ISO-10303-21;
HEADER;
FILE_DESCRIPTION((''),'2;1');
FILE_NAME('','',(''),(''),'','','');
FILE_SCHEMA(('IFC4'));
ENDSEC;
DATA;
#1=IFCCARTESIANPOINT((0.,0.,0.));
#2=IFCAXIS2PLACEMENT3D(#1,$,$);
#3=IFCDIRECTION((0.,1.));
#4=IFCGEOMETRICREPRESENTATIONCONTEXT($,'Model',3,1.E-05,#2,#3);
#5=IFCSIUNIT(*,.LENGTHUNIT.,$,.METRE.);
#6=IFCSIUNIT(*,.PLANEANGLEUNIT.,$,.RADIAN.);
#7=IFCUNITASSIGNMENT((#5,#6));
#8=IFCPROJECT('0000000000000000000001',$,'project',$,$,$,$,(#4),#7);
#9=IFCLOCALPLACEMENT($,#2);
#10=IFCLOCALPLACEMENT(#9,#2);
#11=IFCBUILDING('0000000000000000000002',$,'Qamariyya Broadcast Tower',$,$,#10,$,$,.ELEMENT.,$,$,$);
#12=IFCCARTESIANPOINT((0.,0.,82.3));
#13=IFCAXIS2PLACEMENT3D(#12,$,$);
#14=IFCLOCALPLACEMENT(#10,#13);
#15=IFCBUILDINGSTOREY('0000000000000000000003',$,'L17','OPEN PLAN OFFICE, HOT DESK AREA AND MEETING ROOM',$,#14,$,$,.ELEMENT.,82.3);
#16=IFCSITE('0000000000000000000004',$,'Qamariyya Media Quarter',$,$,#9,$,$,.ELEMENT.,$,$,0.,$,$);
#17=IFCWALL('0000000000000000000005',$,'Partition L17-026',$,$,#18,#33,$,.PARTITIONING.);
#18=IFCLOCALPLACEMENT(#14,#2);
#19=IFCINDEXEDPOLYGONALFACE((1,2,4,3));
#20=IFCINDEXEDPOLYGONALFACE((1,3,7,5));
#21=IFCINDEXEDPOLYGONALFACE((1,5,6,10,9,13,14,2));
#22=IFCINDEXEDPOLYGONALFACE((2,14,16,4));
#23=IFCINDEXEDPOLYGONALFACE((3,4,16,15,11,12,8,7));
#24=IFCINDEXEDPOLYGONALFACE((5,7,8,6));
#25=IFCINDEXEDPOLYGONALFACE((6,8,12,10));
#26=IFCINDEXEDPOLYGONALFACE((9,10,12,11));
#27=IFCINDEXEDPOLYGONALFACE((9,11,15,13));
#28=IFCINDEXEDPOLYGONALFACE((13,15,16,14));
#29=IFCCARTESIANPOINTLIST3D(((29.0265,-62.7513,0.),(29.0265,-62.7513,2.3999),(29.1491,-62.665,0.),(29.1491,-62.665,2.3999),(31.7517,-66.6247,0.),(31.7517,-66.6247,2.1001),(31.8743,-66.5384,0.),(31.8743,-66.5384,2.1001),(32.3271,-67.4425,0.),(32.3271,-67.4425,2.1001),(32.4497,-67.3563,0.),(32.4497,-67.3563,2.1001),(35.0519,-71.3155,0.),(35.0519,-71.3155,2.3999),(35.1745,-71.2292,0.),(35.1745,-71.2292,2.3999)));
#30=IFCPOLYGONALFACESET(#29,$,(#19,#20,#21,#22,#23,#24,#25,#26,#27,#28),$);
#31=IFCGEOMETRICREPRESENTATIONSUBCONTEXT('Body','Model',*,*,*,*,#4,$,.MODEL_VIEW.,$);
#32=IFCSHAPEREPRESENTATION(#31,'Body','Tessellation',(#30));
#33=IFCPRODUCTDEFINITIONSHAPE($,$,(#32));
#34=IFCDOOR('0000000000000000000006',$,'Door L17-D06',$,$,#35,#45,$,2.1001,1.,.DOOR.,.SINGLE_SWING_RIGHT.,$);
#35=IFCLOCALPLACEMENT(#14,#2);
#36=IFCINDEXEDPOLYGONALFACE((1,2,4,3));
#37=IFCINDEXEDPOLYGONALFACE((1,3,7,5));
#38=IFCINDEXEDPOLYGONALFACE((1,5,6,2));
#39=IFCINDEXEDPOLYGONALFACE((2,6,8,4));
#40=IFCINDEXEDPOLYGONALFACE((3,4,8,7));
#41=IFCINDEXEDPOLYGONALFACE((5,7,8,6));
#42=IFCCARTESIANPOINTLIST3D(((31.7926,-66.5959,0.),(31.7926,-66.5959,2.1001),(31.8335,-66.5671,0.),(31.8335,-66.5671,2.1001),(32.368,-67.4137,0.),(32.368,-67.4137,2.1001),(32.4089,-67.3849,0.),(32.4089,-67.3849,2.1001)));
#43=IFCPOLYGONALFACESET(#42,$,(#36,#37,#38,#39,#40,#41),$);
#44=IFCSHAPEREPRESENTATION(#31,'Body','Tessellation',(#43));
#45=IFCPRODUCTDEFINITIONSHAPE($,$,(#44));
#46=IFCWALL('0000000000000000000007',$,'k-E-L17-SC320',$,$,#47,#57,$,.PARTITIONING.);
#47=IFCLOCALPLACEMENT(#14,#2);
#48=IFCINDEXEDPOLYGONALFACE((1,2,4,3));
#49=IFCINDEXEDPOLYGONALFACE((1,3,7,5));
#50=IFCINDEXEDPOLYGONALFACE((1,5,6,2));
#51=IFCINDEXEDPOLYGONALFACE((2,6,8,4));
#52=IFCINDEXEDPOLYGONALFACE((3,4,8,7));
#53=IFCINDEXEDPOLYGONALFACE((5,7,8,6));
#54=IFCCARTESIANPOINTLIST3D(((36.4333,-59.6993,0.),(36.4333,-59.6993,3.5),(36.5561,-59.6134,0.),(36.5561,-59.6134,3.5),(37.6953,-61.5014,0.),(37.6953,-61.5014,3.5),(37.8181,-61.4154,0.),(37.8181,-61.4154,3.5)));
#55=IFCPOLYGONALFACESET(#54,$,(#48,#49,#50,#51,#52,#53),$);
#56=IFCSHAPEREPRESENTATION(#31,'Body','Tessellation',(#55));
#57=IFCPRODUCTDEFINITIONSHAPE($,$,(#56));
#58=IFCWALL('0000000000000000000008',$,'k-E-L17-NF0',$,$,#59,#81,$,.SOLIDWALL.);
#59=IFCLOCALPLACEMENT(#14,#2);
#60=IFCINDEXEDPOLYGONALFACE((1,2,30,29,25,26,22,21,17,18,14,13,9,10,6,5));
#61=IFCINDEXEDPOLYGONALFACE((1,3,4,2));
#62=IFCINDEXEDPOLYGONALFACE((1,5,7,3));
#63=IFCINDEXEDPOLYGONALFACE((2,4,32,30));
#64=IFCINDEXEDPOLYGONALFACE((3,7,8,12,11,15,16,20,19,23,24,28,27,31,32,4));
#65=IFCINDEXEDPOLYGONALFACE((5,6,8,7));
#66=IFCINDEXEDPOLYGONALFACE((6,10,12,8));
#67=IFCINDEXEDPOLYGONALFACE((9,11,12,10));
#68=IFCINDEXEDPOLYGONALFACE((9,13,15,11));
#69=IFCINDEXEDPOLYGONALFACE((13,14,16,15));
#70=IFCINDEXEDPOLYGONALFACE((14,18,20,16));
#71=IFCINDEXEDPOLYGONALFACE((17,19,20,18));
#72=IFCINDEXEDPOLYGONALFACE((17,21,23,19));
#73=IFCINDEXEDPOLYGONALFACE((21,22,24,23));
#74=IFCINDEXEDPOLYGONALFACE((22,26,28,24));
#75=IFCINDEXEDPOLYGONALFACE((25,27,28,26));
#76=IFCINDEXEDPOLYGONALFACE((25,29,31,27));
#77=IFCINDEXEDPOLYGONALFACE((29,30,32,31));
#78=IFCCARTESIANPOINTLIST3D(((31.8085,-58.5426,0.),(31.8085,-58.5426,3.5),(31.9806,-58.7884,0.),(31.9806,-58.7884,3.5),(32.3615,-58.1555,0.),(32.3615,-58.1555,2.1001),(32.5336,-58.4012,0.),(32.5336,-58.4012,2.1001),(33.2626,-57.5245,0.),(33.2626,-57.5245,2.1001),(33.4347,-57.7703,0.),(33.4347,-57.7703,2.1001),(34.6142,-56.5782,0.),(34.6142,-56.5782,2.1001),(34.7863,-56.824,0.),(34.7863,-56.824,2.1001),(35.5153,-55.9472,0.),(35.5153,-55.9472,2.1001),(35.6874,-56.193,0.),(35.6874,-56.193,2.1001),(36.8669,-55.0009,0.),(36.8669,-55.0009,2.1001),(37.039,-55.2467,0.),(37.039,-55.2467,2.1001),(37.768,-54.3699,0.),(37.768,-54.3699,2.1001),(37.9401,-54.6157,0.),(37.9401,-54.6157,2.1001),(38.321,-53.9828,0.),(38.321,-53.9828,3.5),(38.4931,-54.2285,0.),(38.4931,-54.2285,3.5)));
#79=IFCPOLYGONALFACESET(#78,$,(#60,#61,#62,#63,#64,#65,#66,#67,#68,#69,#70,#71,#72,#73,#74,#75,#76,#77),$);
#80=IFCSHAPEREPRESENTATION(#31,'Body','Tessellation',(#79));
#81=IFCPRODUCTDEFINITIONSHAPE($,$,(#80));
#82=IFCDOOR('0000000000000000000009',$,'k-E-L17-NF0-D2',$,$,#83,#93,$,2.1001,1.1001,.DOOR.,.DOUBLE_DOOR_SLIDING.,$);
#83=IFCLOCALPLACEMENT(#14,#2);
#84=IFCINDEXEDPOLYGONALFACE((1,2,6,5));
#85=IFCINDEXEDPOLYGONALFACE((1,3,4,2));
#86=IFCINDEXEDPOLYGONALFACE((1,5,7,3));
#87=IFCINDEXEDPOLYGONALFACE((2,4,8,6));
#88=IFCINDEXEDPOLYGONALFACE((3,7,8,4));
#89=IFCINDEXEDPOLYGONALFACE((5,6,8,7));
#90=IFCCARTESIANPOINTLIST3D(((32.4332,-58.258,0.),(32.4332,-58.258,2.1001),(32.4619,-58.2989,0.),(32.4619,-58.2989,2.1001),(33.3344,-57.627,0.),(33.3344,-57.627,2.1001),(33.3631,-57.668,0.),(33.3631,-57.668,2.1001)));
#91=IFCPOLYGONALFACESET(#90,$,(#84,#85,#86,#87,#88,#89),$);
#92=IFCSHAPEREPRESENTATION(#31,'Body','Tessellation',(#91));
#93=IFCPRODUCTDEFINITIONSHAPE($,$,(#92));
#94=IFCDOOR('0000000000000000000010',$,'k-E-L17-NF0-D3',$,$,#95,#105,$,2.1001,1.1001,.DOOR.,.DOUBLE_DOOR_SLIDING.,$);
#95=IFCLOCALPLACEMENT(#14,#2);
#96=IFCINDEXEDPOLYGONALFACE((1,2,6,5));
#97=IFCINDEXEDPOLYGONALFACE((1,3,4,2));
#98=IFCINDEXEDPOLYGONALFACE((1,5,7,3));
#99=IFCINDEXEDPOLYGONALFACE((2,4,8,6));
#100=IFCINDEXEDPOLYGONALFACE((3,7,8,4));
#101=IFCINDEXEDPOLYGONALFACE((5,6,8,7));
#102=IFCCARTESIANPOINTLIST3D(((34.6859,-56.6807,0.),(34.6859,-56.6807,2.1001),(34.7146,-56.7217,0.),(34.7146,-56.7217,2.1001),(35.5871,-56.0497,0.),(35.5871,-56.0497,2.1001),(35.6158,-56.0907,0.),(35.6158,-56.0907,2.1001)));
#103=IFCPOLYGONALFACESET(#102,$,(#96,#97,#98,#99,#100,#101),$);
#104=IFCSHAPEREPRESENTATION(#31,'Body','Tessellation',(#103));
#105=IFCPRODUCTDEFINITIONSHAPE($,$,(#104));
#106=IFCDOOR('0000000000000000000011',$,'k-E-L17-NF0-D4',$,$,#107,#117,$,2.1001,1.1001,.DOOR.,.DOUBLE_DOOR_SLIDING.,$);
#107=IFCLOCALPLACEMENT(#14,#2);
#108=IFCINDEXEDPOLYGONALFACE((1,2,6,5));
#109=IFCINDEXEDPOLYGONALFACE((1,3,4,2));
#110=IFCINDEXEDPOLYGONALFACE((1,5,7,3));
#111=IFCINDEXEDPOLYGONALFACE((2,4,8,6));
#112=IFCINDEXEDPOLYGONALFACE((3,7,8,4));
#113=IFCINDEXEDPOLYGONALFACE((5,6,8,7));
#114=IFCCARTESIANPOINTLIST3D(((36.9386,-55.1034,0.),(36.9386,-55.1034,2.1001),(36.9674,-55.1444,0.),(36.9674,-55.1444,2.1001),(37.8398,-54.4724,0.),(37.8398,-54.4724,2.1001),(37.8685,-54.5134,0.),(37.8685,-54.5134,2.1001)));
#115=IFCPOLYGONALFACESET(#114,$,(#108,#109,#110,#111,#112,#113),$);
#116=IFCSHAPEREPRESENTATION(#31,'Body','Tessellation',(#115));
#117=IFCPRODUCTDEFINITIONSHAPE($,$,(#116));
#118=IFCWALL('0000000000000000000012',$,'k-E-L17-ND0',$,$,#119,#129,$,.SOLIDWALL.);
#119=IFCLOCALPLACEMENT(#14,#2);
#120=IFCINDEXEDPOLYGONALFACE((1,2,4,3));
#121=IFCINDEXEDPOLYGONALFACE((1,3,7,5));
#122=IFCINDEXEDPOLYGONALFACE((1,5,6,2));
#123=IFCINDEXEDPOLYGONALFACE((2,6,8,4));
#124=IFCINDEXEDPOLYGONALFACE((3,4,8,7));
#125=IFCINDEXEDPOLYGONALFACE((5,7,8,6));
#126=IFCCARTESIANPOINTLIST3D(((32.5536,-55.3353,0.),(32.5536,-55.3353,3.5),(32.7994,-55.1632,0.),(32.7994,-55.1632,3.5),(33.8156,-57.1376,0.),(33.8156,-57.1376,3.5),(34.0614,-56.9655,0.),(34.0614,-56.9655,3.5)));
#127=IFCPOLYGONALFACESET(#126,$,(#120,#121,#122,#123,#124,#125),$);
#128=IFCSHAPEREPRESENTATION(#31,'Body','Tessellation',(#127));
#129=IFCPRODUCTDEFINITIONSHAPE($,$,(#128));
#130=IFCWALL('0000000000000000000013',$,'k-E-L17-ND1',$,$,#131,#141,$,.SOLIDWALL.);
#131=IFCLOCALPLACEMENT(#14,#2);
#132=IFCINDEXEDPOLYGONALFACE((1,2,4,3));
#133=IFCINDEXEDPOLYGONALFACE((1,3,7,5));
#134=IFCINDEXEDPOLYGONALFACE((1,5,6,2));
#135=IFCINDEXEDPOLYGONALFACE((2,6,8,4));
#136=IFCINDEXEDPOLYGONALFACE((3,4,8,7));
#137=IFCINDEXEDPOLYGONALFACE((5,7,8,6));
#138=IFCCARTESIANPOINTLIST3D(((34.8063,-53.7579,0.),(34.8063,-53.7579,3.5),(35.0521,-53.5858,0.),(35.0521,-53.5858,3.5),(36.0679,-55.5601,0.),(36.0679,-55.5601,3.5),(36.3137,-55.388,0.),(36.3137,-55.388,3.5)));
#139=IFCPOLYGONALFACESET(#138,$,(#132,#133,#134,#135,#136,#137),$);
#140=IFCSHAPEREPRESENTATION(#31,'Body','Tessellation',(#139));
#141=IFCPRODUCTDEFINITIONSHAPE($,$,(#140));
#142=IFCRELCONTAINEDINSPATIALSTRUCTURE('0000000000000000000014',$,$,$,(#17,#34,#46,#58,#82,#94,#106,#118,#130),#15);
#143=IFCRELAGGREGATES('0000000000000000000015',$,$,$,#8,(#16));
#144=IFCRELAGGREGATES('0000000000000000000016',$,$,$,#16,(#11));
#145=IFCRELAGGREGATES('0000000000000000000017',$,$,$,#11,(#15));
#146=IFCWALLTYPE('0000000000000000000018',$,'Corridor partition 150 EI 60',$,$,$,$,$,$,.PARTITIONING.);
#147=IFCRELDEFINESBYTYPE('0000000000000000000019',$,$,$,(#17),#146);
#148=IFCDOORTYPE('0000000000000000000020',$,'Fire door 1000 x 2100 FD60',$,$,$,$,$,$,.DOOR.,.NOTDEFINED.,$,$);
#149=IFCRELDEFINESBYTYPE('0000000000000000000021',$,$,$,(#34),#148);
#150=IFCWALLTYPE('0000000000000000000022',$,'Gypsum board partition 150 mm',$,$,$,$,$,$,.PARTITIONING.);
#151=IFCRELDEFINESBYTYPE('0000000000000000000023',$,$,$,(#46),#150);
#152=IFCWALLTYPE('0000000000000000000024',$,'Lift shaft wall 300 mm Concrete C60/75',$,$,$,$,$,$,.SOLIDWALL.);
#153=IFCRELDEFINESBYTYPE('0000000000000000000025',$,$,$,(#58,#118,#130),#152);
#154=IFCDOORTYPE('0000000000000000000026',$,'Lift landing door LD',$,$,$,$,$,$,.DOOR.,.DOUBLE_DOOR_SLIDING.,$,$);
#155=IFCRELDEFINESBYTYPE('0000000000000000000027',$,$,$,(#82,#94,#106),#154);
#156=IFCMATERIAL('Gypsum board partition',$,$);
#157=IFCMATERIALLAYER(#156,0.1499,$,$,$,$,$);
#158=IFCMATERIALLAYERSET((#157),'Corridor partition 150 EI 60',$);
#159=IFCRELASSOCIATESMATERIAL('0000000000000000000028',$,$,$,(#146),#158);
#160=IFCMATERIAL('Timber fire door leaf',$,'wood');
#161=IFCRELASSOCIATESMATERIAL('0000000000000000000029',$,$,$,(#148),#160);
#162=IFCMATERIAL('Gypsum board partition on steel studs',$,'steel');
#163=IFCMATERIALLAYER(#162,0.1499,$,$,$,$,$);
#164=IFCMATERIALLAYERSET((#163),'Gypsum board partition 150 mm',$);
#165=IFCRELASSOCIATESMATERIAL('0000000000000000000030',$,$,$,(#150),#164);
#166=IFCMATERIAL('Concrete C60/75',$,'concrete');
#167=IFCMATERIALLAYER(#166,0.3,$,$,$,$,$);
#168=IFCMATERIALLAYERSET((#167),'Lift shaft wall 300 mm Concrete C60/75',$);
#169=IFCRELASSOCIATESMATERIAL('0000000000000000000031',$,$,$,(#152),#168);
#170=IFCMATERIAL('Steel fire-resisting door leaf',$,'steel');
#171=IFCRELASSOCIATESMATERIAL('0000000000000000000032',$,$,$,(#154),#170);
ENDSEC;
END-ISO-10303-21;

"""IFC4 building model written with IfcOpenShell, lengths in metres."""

from ifc_helpers import new_model, si_unit, direction, frame, frame_2d, origin, place, context, subcontext, project, spatial, rectangle, extrude, material, layer, layer_set, type_object, element, fill, save


model = new_model("IFC4")

# Units and contexts
model_context = context("Model", 3, precision=1e-05, world=origin(), true_north=direction((0.0, 1.0)))
body_context = subcontext(model_context, "Body", "Model", "MODEL_VIEW")
ifc_project = project(units=[si_unit("LENGTHUNIT", "METRE"), si_unit("PLANEANGLEUNIT", "RADIAN")], contexts=[model_context])

# Site, building, storey
site_placement = place(None, origin())
site = spatial("IfcSite", under=ifc_project, at=site_placement, Name="Qamariyya Media Quarter", CompositionType="ELEMENT", RefElevation=0.0)
building_placement = place(site_placement, origin())
building = spatial("IfcBuilding", under=site, at=building_placement, Name="Qamariyya Broadcast Tower", CompositionType="ELEMENT")
storey_placement = place(building_placement, frame((0.0, 0.0, 82.3)))
storey = spatial("IfcBuildingStorey", under=building, at=storey_placement, Name="L17", Description="OPEN PLAN OFFICE, HOT DESK AREA AND MEETING ROOM", CompositionType="ELEMENT", Elevation=82.3)

# Shared definitions
ifc_material_1 = material(Name="Steel fire-resisting door leaf", Category="steel")

# Wall, opening, door
ifc_material_2 = material(Name="Gypsum board partition")
ifc_layer_1 = layer(ifc_material_2, 0.1499)
ifc_layer_set_1 = layer_set([ifc_layer_1], Name="Corridor partition 150 EI 60")
wall_type_1 = type_object("IfcWallType", Name="Corridor partition 150 EI 60", PredefinedType="PARTITIONING", material=ifc_layer_set_1)
wall_1_placement = place(storey_placement, frame((35.1133, -71.2725, 0.0), z_axis=(0.0, 0.0, 1.0), x_axis=(-0.575412, 0.817864, 0.0)))
wall_1 = element("IfcWall", 1, at=wall_1_placement, inside=storey, type_object=wall_type_1, Name="Partition L17-026", PredefinedType="PARTITIONING", context=body_context, shape_type="SweptSolid", body=[
    extrude(rectangle(XDim=10.4714, YDim=0.1499, at=frame_2d((5.2358, 0.0))), origin(), (0.0, 0.0, 1.0), 2.3999),
])
opening_1_placement = place(wall_1_placement, frame((4.7356, 0.0, 0.0)))
opening_1 = element("IfcOpeningElement", 2, at=opening_1_placement, cuts=wall_1, PredefinedType="OPENING", context=body_context, shape_type="SweptSolid", body=[
    extrude(rectangle(XDim=1.0, YDim=2.1001, at=frame_2d((0.5, 1.05))), frame((0.0, 0.085, 0.0), z_axis=(0.0, -1.0, 0.0), x_axis=(1.0, 0.0, 0.0)), (0.0, 0.0, 1.0), 0.1699),
])
ifc_material_3 = material(Name="Timber fire door leaf", Category="wood")
door_type_1 = type_object("IfcDoorType", Name="Fire door 1000 x 2100 FD60", OperationType="NOTDEFINED", PredefinedType="DOOR", material=ifc_material_3)
door_1_placement = place(opening_1_placement, origin())
door_1 = element("IfcDoor", 3, at=door_1_placement, inside=storey, type_object=door_type_1, Name="Door L17-D06", OperationType="SINGLE_SWING_RIGHT", OverallHeight=2.1001, OverallWidth=1.0, PredefinedType="DOOR", context=body_context, shape_type="SweptSolid", body=[
    extrude(rectangle(XDim=1.0, YDim=2.1001, at=frame_2d((0.5, 1.05))), frame((0.0, 0.0249, 0.0), z_axis=(0.0, -1.0, 0.0), x_axis=(1.0, 0.0, 0.0)), (0.0, 0.0, 1.0), 0.05),
])
fill(opening_1, door_1)

# Wall
ifc_material_4 = material(Name="Gypsum board partition on steel studs", Category="steel")
ifc_layer_2 = layer(ifc_material_4, 0.1499)
ifc_layer_set_2 = layer_set([ifc_layer_2], Name="Gypsum board partition 150 mm")
wall_type_2 = type_object("IfcWallType", Name="Gypsum board partition 150 mm", PredefinedType="PARTITIONING", material=ifc_layer_set_2)
wall_2_placement = place(storey_placement, frame((36.4946, -59.6562, 0.0), z_axis=(0.0, 0.0, 1.0), x_axis=(0.573634, -0.819112, 0.0)))
element("IfcWall", 4, at=wall_2_placement, inside=storey, type_object=wall_type_2, Name="k-E-L17-SC320", PredefinedType="PARTITIONING", context=body_context, shape_type="SweptSolid", body=[
    extrude(rectangle(XDim=2.2, YDim=0.1499, at=frame_2d((1.1001, 0.0))), origin(), (0.0, 0.0, 1.0), 3.5),
])

# Wall, openings, doors
ifc_material_5 = material(Name="Concrete C60/75", Category="concrete")
ifc_layer_3 = layer(ifc_material_5, 0.3)
ifc_layer_set_3 = layer_set([ifc_layer_3], Name="Lift shaft wall 300 mm Concrete C60/75")
wall_type_3 = type_object("IfcWallType", Name="Lift shaft wall 300 mm Concrete C60/75", PredefinedType="SOLIDWALL", material=ifc_layer_set_3)
wall_3_placement = place(storey_placement, frame((31.8945, -58.6655, 0.0), z_axis=(0.0, 0.0, 1.0), x_axis=(0.819167, 0.573555, 0.0)))
wall_3 = element("IfcWall", 5, at=wall_3_placement, inside=storey, type_object=wall_type_3, Name="k-E-L17-NF0", PredefinedType="SOLIDWALL", context=body_context, shape_type="SweptSolid", body=[
    extrude(rectangle(XDim=7.9502, YDim=0.3, at=frame_2d((3.9751, 0.0))), origin(), (0.0, 0.0, 1.0), 3.5),
])
opening_2_placement = place(wall_3_placement, frame((0.675, 0.0, 0.0)))
opening_2 = element("IfcOpeningElement", 6, at=opening_2_placement, cuts=wall_3, PredefinedType="OPENING", context=body_context, shape_type="SweptSolid", body=[
    extrude(rectangle(XDim=1.1001, YDim=2.1001, at=frame_2d((0.55, 1.05))), frame((0.0, 0.1599, 0.0), z_axis=(0.0, -1.0, 0.0), x_axis=(1.0, 0.0, 0.0)), (0.0, 0.0, 1.0), 0.3201),
])
opening_3_placement = place(wall_3_placement, frame((3.425, 0.0, 0.0)))
opening_3 = element("IfcOpeningElement", 7, at=opening_3_placement, cuts=wall_3, PredefinedType="OPENING", context=body_context, shape_type="SweptSolid", body=[
    extrude(rectangle(XDim=1.1001, YDim=2.1001, at=frame_2d((0.55, 1.05))), frame((0.0, 0.1599, 0.0), z_axis=(0.0, -1.0, 0.0), x_axis=(1.0, 0.0, 0.0)), (0.0, 0.0, 1.0), 0.3201),
])
opening_4_placement = place(wall_3_placement, frame((6.175, 0.0, 0.0)))
opening_4 = element("IfcOpeningElement", 8, at=opening_4_placement, cuts=wall_3, PredefinedType="OPENING", context=body_context, shape_type="SweptSolid", body=[
    extrude(rectangle(XDim=1.1001, YDim=2.1001, at=frame_2d((0.55, 1.05))), frame((0.0, 0.1599, 0.0), z_axis=(0.0, -1.0, 0.0), x_axis=(1.0, 0.0, 0.0)), (0.0, 0.0, 1.0), 0.3201),
])
door_type_2 = type_object("IfcDoorType", Name="Lift landing door LD", OperationType="DOUBLE_DOOR_SLIDING", PredefinedType="DOOR", material=ifc_material_1)
door_2_placement = place(opening_2_placement, origin())
door_2 = element("IfcDoor", 9, at=door_2_placement, inside=storey, type_object=door_type_2, Name="k-E-L17-NF0-D2", OperationType="DOUBLE_DOOR_SLIDING", OverallHeight=2.1001, OverallWidth=1.1001, PredefinedType="DOOR", context=body_context, shape_type="SweptSolid", body=[
    extrude(rectangle(XDim=1.1001, YDim=2.1001, at=frame_2d((0.55, 1.05))), frame((0.0, 0.0249, 0.0), z_axis=(0.0, -1.0, 0.0), x_axis=(1.0, 0.0, 0.0)), (0.0, 0.0, 1.0), 0.05),
])
fill(opening_2, door_2)
door_3_placement = place(opening_3_placement, origin())
door_3 = element("IfcDoor", 10, at=door_3_placement, inside=storey, type_object=door_type_2, Name="k-E-L17-NF0-D3", OperationType="DOUBLE_DOOR_SLIDING", OverallHeight=2.1001, OverallWidth=1.1001, PredefinedType="DOOR", context=body_context, shape_type="SweptSolid", body=[
    extrude(rectangle(XDim=1.1001, YDim=2.1001, at=frame_2d((0.55, 1.05))), frame((0.0, 0.0249, 0.0), z_axis=(0.0, -1.0, 0.0), x_axis=(1.0, 0.0, 0.0)), (0.0, 0.0, 1.0), 0.05),
])
fill(opening_3, door_3)
door_4_placement = place(opening_4_placement, origin())
door_4 = element("IfcDoor", 11, at=door_4_placement, inside=storey, type_object=door_type_2, Name="k-E-L17-NF0-D4", OperationType="DOUBLE_DOOR_SLIDING", OverallHeight=2.1001, OverallWidth=1.1001, PredefinedType="DOOR", context=body_context, shape_type="SweptSolid", body=[
    extrude(rectangle(XDim=1.1001, YDim=2.1001, at=frame_2d((0.55, 1.05))), frame((0.0, 0.0249, 0.0), z_axis=(0.0, -1.0, 0.0), x_axis=(1.0, 0.0, 0.0)), (0.0, 0.0, 1.0), 0.05),
])
fill(opening_4, door_4)

# Walls
wall_4_placement = place(storey_placement, frame((33.9385, -57.0515, 0.0), z_axis=(0.0, 0.0, 1.0), x_axis=(-0.573581, 0.819149, 0.0)))
element("IfcWall", 12, at=wall_4_placement, inside=storey, type_object=wall_type_3, Name="k-E-L17-ND0", PredefinedType="SOLIDWALL", context=body_context, shape_type="SweptSolid", body=[
    extrude(rectangle(XDim=2.2002, YDim=0.3, at=frame_2d((1.1001, 0.0))), origin(), (0.0, 0.0, 1.0), 3.5),
])
wall_5_placement = place(storey_placement, frame((36.1909, -55.4741, 0.0), z_axis=(0.0, 0.0, 1.0), x_axis=(-0.573507, 0.819201, 0.0)))
element("IfcWall", 13, at=wall_5_placement, inside=storey, type_object=wall_type_3, Name="k-E-L17-ND1", PredefinedType="SOLIDWALL", context=body_context, shape_type="SweptSolid", body=[
    extrude(rectangle(XDim=2.2, YDim=0.3, at=frame_2d((1.1001, 0.0))), origin(), (0.0, 0.0, 1.0), 3.5),
])

save(model, "model.ifc")
